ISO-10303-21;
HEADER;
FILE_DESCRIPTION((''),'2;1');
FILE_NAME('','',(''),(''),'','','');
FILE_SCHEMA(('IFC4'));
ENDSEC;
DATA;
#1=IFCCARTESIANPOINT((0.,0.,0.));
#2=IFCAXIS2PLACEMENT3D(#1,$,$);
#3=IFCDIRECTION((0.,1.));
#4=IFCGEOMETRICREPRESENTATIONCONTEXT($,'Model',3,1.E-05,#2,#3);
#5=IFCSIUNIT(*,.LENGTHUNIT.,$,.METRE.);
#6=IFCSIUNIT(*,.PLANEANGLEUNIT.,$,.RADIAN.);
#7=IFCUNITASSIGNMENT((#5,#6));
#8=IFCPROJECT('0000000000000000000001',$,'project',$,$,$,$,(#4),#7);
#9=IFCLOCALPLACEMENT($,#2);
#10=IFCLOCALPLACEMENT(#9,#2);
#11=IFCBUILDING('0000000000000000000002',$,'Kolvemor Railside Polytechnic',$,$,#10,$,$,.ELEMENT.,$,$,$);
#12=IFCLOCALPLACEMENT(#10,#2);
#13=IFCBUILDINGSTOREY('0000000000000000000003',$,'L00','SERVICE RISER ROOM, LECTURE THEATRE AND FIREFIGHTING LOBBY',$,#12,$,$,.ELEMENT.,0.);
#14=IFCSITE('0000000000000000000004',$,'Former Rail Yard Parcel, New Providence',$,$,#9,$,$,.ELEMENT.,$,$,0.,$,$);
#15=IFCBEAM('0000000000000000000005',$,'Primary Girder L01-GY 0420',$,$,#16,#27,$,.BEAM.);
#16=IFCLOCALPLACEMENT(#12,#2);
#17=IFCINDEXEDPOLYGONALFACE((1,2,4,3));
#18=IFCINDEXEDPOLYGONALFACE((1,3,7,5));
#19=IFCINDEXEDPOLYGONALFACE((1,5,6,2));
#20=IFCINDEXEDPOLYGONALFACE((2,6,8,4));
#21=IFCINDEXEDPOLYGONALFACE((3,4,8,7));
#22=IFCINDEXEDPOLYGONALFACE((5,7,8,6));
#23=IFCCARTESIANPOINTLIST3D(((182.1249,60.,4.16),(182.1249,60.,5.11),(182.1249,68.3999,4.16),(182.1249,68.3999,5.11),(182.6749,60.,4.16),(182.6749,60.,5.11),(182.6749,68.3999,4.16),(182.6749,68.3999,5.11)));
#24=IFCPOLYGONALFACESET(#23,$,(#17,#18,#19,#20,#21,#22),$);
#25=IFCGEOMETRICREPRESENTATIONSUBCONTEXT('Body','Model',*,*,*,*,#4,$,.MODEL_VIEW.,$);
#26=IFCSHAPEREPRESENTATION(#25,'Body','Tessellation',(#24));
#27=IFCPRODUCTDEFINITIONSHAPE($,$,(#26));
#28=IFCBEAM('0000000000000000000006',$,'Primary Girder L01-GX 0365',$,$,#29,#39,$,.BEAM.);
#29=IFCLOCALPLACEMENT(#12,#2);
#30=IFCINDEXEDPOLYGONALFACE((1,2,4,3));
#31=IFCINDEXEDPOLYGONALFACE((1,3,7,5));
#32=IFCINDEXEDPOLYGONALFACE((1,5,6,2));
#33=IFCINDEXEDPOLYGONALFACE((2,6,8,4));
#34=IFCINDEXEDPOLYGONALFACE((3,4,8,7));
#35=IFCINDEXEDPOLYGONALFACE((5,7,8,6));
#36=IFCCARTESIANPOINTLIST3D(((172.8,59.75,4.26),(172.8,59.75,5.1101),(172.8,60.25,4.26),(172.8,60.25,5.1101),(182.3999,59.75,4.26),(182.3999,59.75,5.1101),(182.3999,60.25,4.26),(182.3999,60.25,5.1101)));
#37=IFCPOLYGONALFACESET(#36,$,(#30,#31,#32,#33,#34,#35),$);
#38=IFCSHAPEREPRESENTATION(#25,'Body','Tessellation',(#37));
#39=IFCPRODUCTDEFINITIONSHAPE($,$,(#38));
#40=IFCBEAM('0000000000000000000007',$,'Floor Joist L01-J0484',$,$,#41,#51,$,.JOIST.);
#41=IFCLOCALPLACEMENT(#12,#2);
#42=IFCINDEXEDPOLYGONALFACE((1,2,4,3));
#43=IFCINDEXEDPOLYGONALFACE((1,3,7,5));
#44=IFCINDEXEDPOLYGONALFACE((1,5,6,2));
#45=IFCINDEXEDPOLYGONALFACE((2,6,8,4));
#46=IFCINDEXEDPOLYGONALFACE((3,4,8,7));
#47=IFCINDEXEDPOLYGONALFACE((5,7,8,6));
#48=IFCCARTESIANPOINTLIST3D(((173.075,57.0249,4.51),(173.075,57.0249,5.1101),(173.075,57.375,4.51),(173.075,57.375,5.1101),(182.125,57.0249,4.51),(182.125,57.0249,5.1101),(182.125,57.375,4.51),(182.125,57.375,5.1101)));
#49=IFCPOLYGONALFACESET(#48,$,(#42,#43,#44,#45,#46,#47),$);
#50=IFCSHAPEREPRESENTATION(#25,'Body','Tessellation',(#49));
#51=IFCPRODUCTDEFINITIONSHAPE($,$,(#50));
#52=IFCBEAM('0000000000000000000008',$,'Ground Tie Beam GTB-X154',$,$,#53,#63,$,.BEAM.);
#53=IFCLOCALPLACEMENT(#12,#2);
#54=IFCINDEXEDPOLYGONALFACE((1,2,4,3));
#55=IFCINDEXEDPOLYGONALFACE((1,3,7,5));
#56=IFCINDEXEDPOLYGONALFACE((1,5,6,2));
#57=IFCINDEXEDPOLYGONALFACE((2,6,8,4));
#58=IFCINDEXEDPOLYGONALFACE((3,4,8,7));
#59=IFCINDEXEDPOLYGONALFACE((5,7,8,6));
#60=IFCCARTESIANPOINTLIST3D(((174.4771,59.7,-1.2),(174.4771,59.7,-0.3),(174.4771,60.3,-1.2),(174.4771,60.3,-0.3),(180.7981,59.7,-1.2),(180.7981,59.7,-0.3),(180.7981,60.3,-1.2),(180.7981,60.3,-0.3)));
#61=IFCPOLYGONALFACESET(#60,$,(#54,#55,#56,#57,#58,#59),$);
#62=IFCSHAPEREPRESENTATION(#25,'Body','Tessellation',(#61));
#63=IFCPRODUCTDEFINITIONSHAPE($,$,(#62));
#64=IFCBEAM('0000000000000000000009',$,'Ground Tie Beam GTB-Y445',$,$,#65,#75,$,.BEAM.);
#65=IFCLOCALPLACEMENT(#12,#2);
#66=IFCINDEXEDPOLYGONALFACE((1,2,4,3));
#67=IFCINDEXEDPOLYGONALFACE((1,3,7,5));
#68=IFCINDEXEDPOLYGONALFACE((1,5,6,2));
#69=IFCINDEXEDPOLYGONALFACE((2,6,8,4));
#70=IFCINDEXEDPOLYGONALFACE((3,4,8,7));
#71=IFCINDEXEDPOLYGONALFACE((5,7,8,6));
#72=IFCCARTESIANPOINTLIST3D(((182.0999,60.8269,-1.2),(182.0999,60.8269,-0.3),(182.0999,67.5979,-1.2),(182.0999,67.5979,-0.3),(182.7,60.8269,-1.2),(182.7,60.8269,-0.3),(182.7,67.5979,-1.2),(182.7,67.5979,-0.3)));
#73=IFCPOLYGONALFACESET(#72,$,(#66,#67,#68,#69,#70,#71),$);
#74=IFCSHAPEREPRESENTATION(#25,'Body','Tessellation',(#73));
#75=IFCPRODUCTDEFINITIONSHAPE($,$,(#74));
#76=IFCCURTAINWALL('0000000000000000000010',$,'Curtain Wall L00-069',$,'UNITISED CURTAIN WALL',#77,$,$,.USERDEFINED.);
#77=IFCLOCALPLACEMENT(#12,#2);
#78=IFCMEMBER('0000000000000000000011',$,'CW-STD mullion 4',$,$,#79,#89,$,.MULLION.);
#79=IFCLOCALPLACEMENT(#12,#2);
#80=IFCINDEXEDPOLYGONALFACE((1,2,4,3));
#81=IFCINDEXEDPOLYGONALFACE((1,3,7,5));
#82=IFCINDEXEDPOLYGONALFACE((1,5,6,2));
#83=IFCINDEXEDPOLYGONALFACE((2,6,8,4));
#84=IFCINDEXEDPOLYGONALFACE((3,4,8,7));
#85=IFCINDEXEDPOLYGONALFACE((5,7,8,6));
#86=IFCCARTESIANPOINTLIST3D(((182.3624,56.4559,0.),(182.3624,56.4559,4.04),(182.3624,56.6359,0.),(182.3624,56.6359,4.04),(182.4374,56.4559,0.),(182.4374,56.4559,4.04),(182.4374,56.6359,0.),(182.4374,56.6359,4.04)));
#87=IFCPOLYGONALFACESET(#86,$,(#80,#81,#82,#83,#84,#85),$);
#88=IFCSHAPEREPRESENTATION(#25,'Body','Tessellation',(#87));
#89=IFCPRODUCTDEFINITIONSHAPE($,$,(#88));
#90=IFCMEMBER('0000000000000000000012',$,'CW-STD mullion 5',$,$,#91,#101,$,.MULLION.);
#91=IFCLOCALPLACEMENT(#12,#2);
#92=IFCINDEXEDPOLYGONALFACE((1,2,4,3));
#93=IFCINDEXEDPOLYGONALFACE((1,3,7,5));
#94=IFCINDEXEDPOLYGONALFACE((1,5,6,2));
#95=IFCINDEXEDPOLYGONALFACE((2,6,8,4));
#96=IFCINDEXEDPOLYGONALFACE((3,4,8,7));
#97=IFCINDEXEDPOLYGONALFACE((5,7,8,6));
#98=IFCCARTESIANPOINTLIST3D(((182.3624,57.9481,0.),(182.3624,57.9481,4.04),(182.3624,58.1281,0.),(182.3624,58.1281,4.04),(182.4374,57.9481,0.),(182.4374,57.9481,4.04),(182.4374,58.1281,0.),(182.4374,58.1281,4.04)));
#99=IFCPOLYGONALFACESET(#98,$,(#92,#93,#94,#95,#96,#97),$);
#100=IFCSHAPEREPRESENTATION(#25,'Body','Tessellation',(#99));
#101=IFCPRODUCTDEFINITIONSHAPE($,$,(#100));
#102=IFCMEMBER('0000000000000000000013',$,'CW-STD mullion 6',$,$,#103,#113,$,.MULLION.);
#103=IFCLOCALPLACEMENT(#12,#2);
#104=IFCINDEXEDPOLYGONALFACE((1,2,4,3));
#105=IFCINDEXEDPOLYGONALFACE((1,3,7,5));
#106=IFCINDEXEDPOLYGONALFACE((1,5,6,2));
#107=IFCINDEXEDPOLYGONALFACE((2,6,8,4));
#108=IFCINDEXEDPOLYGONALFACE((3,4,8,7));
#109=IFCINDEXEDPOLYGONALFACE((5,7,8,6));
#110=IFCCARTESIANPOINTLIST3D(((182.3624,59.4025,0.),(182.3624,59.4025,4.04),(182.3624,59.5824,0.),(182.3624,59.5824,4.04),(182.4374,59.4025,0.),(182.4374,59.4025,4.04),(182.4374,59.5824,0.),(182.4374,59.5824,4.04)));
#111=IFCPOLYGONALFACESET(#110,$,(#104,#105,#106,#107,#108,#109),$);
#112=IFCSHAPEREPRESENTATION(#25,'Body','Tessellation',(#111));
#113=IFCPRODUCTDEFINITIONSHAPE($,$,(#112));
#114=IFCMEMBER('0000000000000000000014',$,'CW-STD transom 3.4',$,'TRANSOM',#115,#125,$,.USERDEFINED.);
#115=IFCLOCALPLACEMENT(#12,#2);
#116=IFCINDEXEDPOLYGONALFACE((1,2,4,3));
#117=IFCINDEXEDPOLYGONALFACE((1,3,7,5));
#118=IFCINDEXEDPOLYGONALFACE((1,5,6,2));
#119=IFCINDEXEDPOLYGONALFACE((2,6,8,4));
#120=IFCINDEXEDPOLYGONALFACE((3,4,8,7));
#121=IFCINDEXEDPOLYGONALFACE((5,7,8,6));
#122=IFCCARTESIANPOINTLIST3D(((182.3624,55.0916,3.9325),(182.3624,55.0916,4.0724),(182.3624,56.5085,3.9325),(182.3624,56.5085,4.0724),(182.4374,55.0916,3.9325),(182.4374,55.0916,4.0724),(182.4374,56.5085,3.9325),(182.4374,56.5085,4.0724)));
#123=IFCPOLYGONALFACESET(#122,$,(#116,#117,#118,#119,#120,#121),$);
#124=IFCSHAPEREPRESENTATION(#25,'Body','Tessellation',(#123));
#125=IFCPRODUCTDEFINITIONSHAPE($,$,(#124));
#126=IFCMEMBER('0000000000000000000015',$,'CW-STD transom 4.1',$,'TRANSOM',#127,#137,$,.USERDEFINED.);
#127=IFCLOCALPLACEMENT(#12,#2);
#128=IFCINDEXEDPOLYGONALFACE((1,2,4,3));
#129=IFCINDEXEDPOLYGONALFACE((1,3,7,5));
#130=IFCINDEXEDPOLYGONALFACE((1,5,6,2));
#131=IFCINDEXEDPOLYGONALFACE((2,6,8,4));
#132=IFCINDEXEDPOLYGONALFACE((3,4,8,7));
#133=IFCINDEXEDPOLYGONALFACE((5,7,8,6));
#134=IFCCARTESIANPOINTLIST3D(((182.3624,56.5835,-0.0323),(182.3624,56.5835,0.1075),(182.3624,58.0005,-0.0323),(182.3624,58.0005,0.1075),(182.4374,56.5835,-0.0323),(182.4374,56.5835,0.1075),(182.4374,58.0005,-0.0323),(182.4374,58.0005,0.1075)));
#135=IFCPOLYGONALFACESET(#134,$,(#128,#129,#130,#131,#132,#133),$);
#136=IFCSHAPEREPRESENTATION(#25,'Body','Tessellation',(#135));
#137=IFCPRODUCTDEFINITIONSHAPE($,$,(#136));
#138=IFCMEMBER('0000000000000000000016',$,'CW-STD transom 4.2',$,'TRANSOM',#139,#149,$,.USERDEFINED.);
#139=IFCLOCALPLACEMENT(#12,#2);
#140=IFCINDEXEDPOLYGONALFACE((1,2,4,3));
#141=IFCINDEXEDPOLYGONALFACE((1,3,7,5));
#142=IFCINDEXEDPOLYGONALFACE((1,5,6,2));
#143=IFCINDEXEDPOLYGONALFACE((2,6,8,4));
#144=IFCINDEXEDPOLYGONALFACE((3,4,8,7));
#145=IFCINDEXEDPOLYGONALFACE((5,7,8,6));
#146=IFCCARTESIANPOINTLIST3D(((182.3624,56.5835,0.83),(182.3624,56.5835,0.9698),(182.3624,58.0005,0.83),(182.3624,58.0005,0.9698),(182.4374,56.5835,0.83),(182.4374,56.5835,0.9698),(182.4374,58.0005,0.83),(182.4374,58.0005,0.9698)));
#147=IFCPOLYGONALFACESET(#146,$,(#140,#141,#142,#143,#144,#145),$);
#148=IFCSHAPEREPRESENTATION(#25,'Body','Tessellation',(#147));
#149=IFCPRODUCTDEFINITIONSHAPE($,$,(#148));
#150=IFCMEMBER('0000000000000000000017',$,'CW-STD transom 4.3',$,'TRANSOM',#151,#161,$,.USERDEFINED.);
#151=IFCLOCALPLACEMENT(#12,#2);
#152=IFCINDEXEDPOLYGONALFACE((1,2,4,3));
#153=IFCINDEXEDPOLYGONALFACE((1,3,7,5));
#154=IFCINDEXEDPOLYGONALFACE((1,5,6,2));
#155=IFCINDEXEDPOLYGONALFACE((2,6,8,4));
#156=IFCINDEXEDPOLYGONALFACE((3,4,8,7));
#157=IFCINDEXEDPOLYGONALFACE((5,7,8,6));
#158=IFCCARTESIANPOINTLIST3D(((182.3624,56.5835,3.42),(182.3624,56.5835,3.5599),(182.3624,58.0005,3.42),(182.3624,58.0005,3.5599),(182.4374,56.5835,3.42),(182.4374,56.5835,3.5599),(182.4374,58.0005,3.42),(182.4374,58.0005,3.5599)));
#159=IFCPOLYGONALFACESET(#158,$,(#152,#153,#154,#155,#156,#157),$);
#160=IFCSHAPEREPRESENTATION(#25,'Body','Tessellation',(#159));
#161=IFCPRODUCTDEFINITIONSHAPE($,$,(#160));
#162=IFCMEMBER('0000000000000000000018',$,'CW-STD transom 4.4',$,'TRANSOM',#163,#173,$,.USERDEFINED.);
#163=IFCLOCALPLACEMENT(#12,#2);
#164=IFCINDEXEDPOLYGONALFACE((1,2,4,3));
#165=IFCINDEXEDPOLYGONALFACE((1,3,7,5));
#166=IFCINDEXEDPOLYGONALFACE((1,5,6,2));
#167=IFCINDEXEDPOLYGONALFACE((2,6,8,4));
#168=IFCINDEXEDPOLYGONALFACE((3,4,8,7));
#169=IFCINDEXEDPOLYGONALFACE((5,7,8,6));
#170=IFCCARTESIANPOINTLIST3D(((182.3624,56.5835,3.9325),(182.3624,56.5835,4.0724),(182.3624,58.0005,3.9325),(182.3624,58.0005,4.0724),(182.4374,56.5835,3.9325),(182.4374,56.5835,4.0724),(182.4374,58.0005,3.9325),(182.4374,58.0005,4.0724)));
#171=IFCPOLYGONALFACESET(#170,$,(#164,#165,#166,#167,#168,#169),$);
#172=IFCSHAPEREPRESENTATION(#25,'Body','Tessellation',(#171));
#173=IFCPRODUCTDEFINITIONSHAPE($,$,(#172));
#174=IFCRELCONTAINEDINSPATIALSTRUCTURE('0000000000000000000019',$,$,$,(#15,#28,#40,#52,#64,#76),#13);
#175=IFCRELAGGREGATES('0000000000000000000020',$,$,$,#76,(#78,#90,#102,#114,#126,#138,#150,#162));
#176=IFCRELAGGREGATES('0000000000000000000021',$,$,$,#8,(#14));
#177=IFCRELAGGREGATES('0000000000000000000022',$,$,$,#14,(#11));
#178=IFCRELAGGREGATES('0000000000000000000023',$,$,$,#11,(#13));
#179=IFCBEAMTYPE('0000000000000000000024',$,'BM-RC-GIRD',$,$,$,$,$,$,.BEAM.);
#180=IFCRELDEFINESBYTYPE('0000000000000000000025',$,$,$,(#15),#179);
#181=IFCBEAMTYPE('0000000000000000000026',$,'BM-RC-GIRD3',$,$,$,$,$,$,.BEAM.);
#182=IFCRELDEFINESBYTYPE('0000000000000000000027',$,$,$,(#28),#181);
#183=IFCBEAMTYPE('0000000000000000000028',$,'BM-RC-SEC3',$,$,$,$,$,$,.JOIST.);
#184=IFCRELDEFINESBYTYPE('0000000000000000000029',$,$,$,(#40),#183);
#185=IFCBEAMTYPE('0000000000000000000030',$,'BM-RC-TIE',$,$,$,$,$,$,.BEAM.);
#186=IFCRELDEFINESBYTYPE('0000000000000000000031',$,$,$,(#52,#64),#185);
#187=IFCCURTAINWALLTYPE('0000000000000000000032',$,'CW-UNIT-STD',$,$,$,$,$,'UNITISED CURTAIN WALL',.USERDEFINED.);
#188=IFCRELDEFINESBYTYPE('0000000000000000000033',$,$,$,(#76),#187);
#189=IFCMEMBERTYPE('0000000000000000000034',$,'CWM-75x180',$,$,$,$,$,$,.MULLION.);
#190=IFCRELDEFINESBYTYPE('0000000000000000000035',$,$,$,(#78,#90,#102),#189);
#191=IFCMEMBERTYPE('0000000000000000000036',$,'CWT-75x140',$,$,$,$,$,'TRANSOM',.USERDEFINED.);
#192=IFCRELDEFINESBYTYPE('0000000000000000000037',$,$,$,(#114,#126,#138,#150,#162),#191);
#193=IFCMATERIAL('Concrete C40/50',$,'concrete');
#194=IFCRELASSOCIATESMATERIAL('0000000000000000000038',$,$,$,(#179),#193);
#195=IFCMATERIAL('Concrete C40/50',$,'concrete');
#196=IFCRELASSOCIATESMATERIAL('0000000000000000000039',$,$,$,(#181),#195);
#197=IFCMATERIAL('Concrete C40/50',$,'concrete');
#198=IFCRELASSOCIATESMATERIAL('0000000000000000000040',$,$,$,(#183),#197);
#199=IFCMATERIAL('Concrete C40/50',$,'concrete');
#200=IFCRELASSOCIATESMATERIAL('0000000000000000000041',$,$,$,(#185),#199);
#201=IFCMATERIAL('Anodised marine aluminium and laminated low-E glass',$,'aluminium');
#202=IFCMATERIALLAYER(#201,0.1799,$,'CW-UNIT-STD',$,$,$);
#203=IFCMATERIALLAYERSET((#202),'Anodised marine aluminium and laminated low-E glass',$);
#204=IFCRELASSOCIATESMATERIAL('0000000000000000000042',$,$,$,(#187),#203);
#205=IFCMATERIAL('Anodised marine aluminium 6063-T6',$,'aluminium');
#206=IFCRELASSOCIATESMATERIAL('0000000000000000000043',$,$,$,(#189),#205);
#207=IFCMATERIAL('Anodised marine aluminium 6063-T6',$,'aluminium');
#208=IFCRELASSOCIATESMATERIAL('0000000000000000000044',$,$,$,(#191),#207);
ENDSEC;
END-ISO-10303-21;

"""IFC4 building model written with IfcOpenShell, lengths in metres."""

from ifc_helpers import new_model, si_unit, direction, frame, origin, origin_2d, place, context, subcontext, project, spatial, rectangle, extrude, material, layer, layer_set, material_profile, profile_set, type_object, element, aggregate, save


model = new_model("IFC4")

# Units and contexts
model_context = context("Model", 3, precision=1e-05, world=origin(), true_north=direction((0.0, 1.0)))
body_context = subcontext(model_context, "Body", "Model", "MODEL_VIEW")
ifc_project = project(units=[si_unit("LENGTHUNIT", "METRE"), si_unit("PLANEANGLEUNIT", "RADIAN")], contexts=[model_context])

# Site, building, storey
site_placement = place(None, origin())
site = spatial("IfcSite", under=ifc_project, at=site_placement, Name="Former Rail Yard Parcel, New Providence", CompositionType="ELEMENT", RefElevation=0.0)
building_placement = place(site_placement, origin())
building = spatial("IfcBuilding", under=site, at=building_placement, Name="Kolvemor Railside Polytechnic", CompositionType="ELEMENT")
storey_placement = place(building_placement, origin())
storey = spatial("IfcBuildingStorey", under=building, at=storey_placement, Name="L00", Description="SERVICE RISER ROOM, LECTURE THEATRE AND FIREFIGHTING LOBBY", CompositionType="ELEMENT", Elevation=0.0)

# Beams
ifc_material_1 = material(Name="Concrete C40/50", Category="concrete")
ifc_material_profile_1 = material_profile(ifc_material_1, rectangle(XDim=0.55, YDim=0.95, at=origin_2d()), Name="RC550x950")
ifc_profile_set_1 = profile_set([ifc_material_profile_1], Name="Concrete C40/50")
beam_type_1 = type_object("IfcBeamType", Name="BM-RC-GIRD", PredefinedType="BEAM", material=ifc_profile_set_1)
for number, where, z_axis, x_axis, name in (
    (1, (182.3999, 60.0, 4.635), (0.0, 1.0, 0.0), (-1.0, 0.0, 0.0), "Primary Girder L01-GY 0420"),
):
    element("IfcBeam", number, at=place(storey_placement, frame(where, z_axis=z_axis, x_axis=x_axis)), inside=storey, type_object=beam_type_1, Name=name, PredefinedType="BEAM", context=body_context, shape_type="SweptSolid", body=[
        extrude(rectangle(XDim=0.55, YDim=0.95, at=origin_2d()), origin(), (0.0, 0.0, 1.0), 8.3999),
    ])
ifc_material_2 = material(Name="Concrete C40/50", Category="concrete")
ifc_material_profile_2 = material_profile(ifc_material_2, rectangle(XDim=0.5, YDim=0.8501, at=origin_2d()), Name="RC500x850")
ifc_profile_set_2 = profile_set([ifc_material_profile_2], Name="Concrete C40/50")
beam_type_2 = type_object("IfcBeamType", Name="BM-RC-GIRD3", PredefinedType="BEAM", material=ifc_profile_set_2)
beam_1_placement = place(storey_placement, frame((172.8, 60.0, 4.6851), z_axis=(1.0, 0.0, 0.0), x_axis=(0.0, 1.0, 0.0)))
element("IfcBeam", 2, at=beam_1_placement, inside=storey, type_object=beam_type_2, Name="Primary Girder L01-GX 0365", PredefinedType="BEAM", context=body_context, shape_type="SweptSolid", body=[
    extrude(rectangle(XDim=0.5, YDim=0.8501, at=origin_2d()), origin(), (0.0, 0.0, 1.0), 9.5999),
])
ifc_material_3 = material(Name="Concrete C40/50", Category="concrete")
ifc_material_profile_3 = material_profile(ifc_material_3, rectangle(XDim=0.3501, YDim=0.6001, at=origin_2d()), Name="RC350x600")
ifc_profile_set_3 = profile_set([ifc_material_profile_3], Name="Concrete C40/50")
beam_type_3 = type_object("IfcBeamType", Name="BM-RC-SEC3", PredefinedType="JOIST", material=ifc_profile_set_3)
beam_2_placement = place(storey_placement, frame((173.075, 57.2, 4.8101), z_axis=(1.0, 0.0, 0.0), x_axis=(0.0, 1.0, 0.0)))
element("IfcBeam", 3, at=beam_2_placement, inside=storey, type_object=beam_type_3, Name="Floor Joist L01-J0484", PredefinedType="JOIST", context=body_context, shape_type="SweptSolid", body=[
    extrude(rectangle(XDim=0.3501, YDim=0.6001, at=origin_2d()), origin(), (0.0, 0.0, 1.0), 9.05),
])
ifc_material_4 = material(Name="Concrete C40/50", Category="concrete")
ifc_material_profile_4 = material_profile(ifc_material_4, rectangle(XDim=0.6001, YDim=0.8999, at=origin_2d()), Name="RC600x900")
ifc_profile_set_4 = profile_set([ifc_material_profile_4], Name="Concrete C40/50")
beam_type_4 = type_object("IfcBeamType", Name="BM-RC-TIE", PredefinedType="BEAM", material=ifc_profile_set_4)
beam_3_placement = place(storey_placement, frame((174.4771, 60.0, -0.75), z_axis=(1.0, 0.0, 0.0), x_axis=(0.0, 1.0, 0.0)))
element("IfcBeam", 4, at=beam_3_placement, inside=storey, type_object=beam_type_4, Name="Ground Tie Beam GTB-X154", PredefinedType="BEAM", context=body_context, shape_type="SweptSolid", body=[
    extrude(rectangle(XDim=0.6001, YDim=0.8999, at=origin_2d()), origin(), (0.0, 0.0, 1.0), 6.321),
])
beam_4_placement = place(storey_placement, frame((182.3999, 60.8269, -0.75), z_axis=(0.0, 1.0, 0.0), x_axis=(-1.0, 0.0, 0.0)))
element("IfcBeam", 5, at=beam_4_placement, inside=storey, type_object=beam_type_4, Name="Ground Tie Beam GTB-Y445", PredefinedType="BEAM", context=body_context, shape_type="SweptSolid", body=[
    extrude(rectangle(XDim=0.6001, YDim=0.8999, at=origin_2d()), origin(), (0.0, 0.0, 1.0), 6.771),
])

# Curtain wall, members
ifc_material_5 = material(Name="Anodised marine aluminium and laminated low-E glass", Category="aluminium")
ifc_layer_1 = layer(ifc_material_5, 0.1799, Name="CW-UNIT-STD")
ifc_layer_set_1 = layer_set([ifc_layer_1], Name="Anodised marine aluminium and laminated low-E glass")
curtain_wall_type = type_object("IfcCurtainWallType", Name="CW-UNIT-STD", ElementType="UNITISED CURTAIN WALL", PredefinedType="USERDEFINED", material=ifc_layer_set_1)
curtain_wall_placement = place(storey_placement, origin())
curtain_wall = element("IfcCurtainWall", 6, at=curtain_wall_placement, inside=storey, type_object=curtain_wall_type, Name="Curtain Wall L00-069", ObjectType="UNITISED CURTAIN WALL", PredefinedType="USERDEFINED")
ifc_material_6 = material(Name="Anodised marine aluminium 6063-T6", Category="aluminium")
ifc_material_profile_5 = material_profile(ifc_material_6, rectangle(XDim=0.075, YDim=0.1799, at=origin_2d()), Name="CW-MUL-75x180")
ifc_profile_set_5 = profile_set([ifc_material_profile_5], Name="Anodised marine aluminium 6063-T6")
member_type_1 = type_object("IfcMemberType", Name="CWM-75x180", PredefinedType="MULLION", material=ifc_profile_set_5)
member_1_placement = place(storey_placement, frame((182.3999, 56.5459, 0.0), z_axis=(0.0, 0.0, 1.0), x_axis=(-1.0, 0.0, 0.0)))
member_1 = element("IfcMember", 7, at=member_1_placement, type_object=member_type_1, Name="CW-STD mullion 4", PredefinedType="MULLION", context=body_context, shape_type="SweptSolid", body=[
    extrude(rectangle(XDim=0.075, YDim=0.1799, at=origin_2d()), origin(), (0.0, 0.0, 1.0), 4.04),
])
member_2_placement = place(storey_placement, frame((182.3999, 58.0381, 0.0), z_axis=(0.0, 0.0, 1.0), x_axis=(-1.0, 0.0, 0.0)))
member_2 = element("IfcMember", 8, at=member_2_placement, type_object=member_type_1, Name="CW-STD mullion 5", PredefinedType="MULLION", context=body_context, shape_type="SweptSolid", body=[
    extrude(rectangle(XDim=0.075, YDim=0.1799, at=origin_2d()), origin(), (0.0, 0.0, 1.0), 4.04),
])
member_3_placement = place(storey_placement, frame((182.3999, 59.4924, 0.0), z_axis=(0.0, 0.0, 1.0), x_axis=(-1.0, 0.0, 0.0)))
member_3 = element("IfcMember", 9, at=member_3_placement, type_object=member_type_1, Name="CW-STD mullion 6", PredefinedType="MULLION", context=body_context, shape_type="SweptSolid", body=[
    extrude(rectangle(XDim=0.075, YDim=0.1799, at=origin_2d()), origin(), (0.0, 0.0, 1.0), 4.04),
])
ifc_material_7 = material(Name="Anodised marine aluminium 6063-T6", Category="aluminium")
ifc_material_profile_6 = material_profile(ifc_material_7, rectangle(XDim=0.075, YDim=0.1399, at=origin_2d()), Name="CW-TRN-75x140")
ifc_profile_set_6 = profile_set([ifc_material_profile_6], Name="Anodised marine aluminium 6063-T6")
member_type_2 = type_object("IfcMemberType", Name="CWT-75x140", ElementType="TRANSOM", PredefinedType="USERDEFINED", material=ifc_profile_set_6)
member_4_placement = place(storey_placement, frame((182.3999, 55.0916, 4.0024), z_axis=(0.0, 1.0, 0.0), x_axis=(-1.0, 0.0, 0.0)))
member_4 = element("IfcMember", 10, at=member_4_placement, type_object=member_type_2, Name="CW-STD transom 3.4", ObjectType="TRANSOM", PredefinedType="USERDEFINED", context=body_context, shape_type="SweptSolid", body=[
    extrude(rectangle(XDim=0.075, YDim=0.1399, at=origin_2d()), origin(), (0.0, 0.0, 1.0), 1.417),
])
member_5_placement = place(storey_placement, frame((182.3999, 56.5835, 0.0376), z_axis=(0.0, 1.0, 0.0), x_axis=(-1.0, 0.0, 0.0)))
member_5 = element("IfcMember", 11, at=member_5_placement, type_object=member_type_2, Name="CW-STD transom 4.1", ObjectType="TRANSOM", PredefinedType="USERDEFINED", context=body_context, shape_type="SweptSolid", body=[
    extrude(rectangle(XDim=0.075, YDim=0.1399, at=origin_2d()), origin(), (0.0, 0.0, 1.0), 1.417),
])
member_6_placement = place(storey_placement, frame((182.3999, 56.5835, 0.8999), z_axis=(0.0, 1.0, 0.0), x_axis=(-1.0, 0.0, 0.0)))
member_6 = element("IfcMember", 12, at=member_6_placement, type_object=member_type_2, Name="CW-STD transom 4.2", ObjectType="TRANSOM", PredefinedType="USERDEFINED", context=body_context, shape_type="SweptSolid", body=[
    extrude(rectangle(XDim=0.075, YDim=0.1399, at=origin_2d()), origin(), (0.0, 0.0, 1.0), 1.417),
])
member_7_placement = place(storey_placement, frame((182.3999, 56.5835, 3.49), z_axis=(0.0, 1.0, 0.0), x_axis=(-1.0, 0.0, 0.0)))
member_7 = element("IfcMember", 13, at=member_7_placement, type_object=member_type_2, Name="CW-STD transom 4.3", ObjectType="TRANSOM", PredefinedType="USERDEFINED", context=body_context, shape_type="SweptSolid", body=[
    extrude(rectangle(XDim=0.075, YDim=0.1399, at=origin_2d()), origin(), (0.0, 0.0, 1.0), 1.417),
])
member_8_placement = place(storey_placement, frame((182.3999, 56.5835, 4.0024), z_axis=(0.0, 1.0, 0.0), x_axis=(-1.0, 0.0, 0.0)))
member_8 = element("IfcMember", 14, at=member_8_placement, type_object=member_type_2, Name="CW-STD transom 4.4", ObjectType="TRANSOM", PredefinedType="USERDEFINED", context=body_context, shape_type="SweptSolid", body=[
    extrude(rectangle(XDim=0.075, YDim=0.1399, at=origin_2d()), origin(), (0.0, 0.0, 1.0), 1.417),
])
aggregate(curtain_wall, [member_1, member_2, member_3, member_4, member_5, member_6, member_7, member_8])

save(model, "model.ifc")
